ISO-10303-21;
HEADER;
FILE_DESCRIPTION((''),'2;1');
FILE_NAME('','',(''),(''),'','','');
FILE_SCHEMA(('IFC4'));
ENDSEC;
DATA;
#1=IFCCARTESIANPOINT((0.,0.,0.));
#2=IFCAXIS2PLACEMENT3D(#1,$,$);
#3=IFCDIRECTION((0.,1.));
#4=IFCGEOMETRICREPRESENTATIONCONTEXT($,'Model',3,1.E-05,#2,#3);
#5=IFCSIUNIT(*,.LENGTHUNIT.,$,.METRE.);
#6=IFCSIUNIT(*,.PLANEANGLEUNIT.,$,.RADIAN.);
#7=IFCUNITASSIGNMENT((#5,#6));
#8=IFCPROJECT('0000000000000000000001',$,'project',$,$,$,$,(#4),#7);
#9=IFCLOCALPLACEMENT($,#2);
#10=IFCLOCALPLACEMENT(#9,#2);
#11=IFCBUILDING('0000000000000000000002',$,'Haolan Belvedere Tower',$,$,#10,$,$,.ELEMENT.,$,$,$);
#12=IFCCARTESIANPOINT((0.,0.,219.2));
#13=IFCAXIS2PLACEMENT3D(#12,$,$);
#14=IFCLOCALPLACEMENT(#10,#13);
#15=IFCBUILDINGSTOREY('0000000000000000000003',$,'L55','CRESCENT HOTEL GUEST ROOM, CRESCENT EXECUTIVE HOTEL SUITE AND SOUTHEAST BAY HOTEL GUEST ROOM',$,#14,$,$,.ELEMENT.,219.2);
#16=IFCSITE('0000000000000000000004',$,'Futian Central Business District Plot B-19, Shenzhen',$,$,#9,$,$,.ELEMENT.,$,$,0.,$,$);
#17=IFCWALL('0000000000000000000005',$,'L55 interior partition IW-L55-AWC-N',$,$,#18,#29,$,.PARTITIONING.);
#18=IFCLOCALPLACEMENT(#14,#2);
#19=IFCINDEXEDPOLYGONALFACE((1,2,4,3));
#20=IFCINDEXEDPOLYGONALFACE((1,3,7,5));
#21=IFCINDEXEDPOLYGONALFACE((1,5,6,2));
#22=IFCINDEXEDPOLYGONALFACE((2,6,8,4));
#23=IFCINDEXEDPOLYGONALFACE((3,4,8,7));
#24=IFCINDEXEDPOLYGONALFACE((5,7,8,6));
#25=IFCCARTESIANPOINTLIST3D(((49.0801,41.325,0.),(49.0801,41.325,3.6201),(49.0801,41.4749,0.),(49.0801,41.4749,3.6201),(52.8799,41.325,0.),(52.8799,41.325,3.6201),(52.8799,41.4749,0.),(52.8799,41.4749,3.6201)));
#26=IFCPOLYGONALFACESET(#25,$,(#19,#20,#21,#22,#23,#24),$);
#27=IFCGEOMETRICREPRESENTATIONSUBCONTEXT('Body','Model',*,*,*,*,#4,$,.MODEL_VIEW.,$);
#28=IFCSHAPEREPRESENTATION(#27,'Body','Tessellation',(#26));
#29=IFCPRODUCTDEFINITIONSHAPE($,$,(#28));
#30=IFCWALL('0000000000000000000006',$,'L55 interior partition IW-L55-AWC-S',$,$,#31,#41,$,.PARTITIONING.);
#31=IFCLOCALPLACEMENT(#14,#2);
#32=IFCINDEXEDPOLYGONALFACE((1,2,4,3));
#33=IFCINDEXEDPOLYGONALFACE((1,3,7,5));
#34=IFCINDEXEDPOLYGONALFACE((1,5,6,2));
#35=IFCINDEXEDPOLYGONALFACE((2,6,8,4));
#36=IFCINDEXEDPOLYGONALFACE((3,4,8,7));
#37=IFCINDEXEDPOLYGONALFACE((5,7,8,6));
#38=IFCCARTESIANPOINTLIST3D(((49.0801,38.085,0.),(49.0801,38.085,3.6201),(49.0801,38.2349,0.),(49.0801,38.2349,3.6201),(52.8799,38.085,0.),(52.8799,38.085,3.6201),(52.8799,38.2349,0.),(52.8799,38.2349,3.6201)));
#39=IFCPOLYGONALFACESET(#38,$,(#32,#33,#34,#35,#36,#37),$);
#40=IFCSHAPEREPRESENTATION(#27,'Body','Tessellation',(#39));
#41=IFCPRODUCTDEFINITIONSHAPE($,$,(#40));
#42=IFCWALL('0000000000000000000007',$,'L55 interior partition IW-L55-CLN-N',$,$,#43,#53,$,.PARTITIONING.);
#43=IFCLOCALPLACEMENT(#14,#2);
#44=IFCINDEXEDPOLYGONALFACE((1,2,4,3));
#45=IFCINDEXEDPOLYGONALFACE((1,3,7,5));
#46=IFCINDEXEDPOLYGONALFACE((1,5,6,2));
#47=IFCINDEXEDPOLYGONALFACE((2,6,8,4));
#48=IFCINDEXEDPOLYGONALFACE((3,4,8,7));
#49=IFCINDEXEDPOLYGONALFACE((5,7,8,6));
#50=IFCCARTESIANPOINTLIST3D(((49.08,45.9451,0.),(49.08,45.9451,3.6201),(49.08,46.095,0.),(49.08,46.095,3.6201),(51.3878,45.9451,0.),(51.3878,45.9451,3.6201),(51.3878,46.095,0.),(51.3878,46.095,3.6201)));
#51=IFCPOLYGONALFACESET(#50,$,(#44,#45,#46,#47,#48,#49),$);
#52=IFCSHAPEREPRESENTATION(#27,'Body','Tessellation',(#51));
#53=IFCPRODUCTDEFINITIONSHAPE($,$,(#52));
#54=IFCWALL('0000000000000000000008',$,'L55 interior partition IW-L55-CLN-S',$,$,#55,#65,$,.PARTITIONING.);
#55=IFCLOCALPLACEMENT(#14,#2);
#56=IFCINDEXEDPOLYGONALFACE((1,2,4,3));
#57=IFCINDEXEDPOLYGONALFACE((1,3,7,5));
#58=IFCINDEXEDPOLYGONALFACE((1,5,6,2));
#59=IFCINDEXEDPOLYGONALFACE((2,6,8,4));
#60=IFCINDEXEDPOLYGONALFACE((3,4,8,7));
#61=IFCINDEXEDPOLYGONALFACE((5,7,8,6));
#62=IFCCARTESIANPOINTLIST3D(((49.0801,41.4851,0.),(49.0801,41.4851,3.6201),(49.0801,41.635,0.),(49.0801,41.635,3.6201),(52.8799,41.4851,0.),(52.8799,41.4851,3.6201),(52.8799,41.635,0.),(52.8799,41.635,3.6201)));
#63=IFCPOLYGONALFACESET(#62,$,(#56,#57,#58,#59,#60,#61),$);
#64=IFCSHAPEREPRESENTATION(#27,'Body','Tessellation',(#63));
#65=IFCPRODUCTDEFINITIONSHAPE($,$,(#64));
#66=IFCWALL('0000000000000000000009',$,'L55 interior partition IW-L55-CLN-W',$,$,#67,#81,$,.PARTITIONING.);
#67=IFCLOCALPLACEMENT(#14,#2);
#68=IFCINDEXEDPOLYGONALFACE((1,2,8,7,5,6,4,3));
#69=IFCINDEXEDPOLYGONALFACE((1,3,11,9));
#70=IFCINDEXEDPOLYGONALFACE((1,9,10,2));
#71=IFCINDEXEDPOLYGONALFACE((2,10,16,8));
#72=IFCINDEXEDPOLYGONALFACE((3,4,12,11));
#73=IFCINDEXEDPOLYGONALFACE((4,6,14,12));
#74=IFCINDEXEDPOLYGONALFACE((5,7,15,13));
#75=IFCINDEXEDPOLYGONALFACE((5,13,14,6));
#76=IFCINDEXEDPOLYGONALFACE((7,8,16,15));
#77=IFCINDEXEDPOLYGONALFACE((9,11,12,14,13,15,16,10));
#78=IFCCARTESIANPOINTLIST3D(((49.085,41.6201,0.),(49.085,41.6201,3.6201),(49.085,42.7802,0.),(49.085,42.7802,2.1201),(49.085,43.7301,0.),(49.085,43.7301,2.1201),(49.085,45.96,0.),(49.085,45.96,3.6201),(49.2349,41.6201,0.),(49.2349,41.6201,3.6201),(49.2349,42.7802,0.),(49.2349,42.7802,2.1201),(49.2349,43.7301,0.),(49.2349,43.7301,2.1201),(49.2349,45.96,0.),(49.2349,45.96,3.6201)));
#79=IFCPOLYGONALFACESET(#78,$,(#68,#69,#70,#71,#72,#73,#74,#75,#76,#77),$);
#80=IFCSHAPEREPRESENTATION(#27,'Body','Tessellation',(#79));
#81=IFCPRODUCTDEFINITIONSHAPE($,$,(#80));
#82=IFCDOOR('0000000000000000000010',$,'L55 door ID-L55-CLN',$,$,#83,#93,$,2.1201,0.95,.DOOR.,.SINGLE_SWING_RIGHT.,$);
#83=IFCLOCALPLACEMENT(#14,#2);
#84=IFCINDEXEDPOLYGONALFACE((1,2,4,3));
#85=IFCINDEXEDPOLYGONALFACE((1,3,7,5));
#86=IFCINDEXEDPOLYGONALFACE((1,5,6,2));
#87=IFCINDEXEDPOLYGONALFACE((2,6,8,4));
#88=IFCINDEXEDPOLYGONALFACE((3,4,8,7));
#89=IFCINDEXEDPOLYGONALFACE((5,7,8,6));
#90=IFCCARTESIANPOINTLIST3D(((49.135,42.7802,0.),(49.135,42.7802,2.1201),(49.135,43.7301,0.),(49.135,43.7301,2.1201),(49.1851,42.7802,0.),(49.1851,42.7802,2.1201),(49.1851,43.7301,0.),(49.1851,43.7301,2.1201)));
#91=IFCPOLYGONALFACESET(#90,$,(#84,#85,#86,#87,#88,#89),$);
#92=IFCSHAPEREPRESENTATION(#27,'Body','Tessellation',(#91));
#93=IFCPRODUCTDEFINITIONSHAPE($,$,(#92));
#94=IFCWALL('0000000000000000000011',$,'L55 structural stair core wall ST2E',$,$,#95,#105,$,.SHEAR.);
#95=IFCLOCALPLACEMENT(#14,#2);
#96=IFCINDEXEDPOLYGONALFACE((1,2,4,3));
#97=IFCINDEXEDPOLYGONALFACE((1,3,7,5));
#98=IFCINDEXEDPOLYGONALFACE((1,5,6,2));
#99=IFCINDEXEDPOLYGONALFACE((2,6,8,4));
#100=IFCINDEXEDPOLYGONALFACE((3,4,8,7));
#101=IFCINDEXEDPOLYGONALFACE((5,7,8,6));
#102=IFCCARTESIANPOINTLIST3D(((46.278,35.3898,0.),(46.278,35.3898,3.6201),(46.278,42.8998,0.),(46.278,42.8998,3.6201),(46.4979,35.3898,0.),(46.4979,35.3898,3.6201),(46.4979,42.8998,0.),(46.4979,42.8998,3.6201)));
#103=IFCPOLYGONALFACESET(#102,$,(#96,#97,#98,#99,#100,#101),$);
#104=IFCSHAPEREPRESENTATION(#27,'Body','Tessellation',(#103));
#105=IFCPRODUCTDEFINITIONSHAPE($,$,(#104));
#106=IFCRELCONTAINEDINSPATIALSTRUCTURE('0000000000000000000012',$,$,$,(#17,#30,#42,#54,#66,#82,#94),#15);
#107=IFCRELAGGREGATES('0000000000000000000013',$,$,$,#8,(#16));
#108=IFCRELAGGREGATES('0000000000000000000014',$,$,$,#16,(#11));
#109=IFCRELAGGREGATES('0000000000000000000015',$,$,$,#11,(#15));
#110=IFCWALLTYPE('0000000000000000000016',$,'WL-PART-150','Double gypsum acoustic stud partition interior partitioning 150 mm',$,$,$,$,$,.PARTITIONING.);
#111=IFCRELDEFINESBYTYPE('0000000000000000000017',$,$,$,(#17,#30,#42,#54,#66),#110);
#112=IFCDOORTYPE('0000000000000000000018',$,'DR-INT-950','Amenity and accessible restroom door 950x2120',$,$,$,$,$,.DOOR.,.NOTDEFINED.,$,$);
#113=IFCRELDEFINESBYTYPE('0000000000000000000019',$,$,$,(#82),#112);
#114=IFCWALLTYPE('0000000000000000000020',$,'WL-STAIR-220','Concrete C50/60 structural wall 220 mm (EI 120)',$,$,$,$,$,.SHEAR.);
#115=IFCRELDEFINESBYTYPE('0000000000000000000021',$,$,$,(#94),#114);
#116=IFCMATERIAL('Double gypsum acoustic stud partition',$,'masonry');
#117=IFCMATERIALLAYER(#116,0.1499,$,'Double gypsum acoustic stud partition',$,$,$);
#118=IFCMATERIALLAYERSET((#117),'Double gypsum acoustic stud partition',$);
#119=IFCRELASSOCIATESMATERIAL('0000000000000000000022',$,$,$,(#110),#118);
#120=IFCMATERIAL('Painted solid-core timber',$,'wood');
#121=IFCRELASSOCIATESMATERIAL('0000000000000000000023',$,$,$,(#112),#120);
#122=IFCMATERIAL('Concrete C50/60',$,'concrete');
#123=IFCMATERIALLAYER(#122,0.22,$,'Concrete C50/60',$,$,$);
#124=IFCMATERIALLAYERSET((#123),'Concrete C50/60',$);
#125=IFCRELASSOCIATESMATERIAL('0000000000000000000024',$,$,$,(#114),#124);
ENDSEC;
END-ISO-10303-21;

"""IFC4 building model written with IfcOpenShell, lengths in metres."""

from ifc_helpers import new_model, si_unit, direction, frame, frame_2d, origin, place, context, subcontext, project, spatial, rectangle, extrude, material, layer, layer_set, type_object, element, fill, save


model = new_model("IFC4")

# Units and contexts
model_context = context("Model", 3, precision=1e-05, world=origin(), true_north=direction((0.0, 1.0)))
body_context = subcontext(model_context, "Body", "Model", "MODEL_VIEW")
ifc_project = project(units=[si_unit("LENGTHUNIT", "METRE"), si_unit("PLANEANGLEUNIT", "RADIAN")], contexts=[model_context])

# Site, building, storey
site_placement = place(None, origin())
site = spatial("IfcSite", under=ifc_project, at=site_placement, Name="Futian Central Business District Plot B-19, Shenzhen", CompositionType="ELEMENT", RefElevation=0.0)
building_placement = place(site_placement, origin())
building = spatial("IfcBuilding", under=site, at=building_placement, Name="Haolan Belvedere Tower", CompositionType="ELEMENT")
storey_placement = place(building_placement, frame((0.0, 0.0, 219.2)))
storey = spatial("IfcBuildingStorey", under=building, at=storey_placement, Name="L55", Description="CRESCENT HOTEL GUEST ROOM, CRESCENT EXECUTIVE HOTEL SUITE AND SOUTHEAST BAY HOTEL GUEST ROOM", CompositionType="ELEMENT", Elevation=219.2)

# Walls
ifc_material_1 = material(Name="Double gypsum acoustic stud partition", Category="masonry")
ifc_layer_1 = layer(ifc_material_1, 0.1499, Name="Double gypsum acoustic stud partition")
ifc_layer_set_1 = layer_set([ifc_layer_1], Name="Double gypsum acoustic stud partition")
wall_type_1 = type_object("IfcWallType", Name="WL-PART-150", Description="Double gypsum acoustic stud partition interior partitioning 150 mm", PredefinedType="PARTITIONING", material=ifc_layer_set_1)
for number, where, z_axis, x_axis, name in (
    (1, (49.0801, 41.3999, 0.0), (0.0, 0.0, 1.0), (1.0, 0.0, 0.0), "L55 interior partition IW-L55-AWC-N"),
    (2, (49.0801, 38.1599, 0.0), (0.0, 0.0, 1.0), (1.0, 0.0, 0.0), "L55 interior partition IW-L55-AWC-S"),
):
    element("IfcWall", number, at=place(storey_placement, frame(where, z_axis=z_axis, x_axis=x_axis)), inside=storey, type_object=wall_type_1, Name=name, PredefinedType="PARTITIONING", context=body_context, shape_type="SweptSolid", body=[
        extrude(rectangle(XDim=3.7998, YDim=0.1499, at=frame_2d((1.8999, 0.0))), origin(), (0.0, 0.0, 1.0), 3.6201),
    ])

# Shared definitions
ifc_material_2 = material(Name="Painted solid-core timber", Category="wood")
door_type = type_object("IfcDoorType", Name="DR-INT-950", Description="Amenity and accessible restroom door 950x2120", OperationType="NOTDEFINED", PredefinedType="DOOR", material=ifc_material_2)

# Walls
wall_1_placement = place(storey_placement, frame((49.0801, 46.02, 0.0), z_axis=(0.0, 0.0, 1.0), x_axis=(1.0, 0.0, 0.0)))
element("IfcWall", 3, at=wall_1_placement, inside=storey, type_object=wall_type_1, Name="L55 interior partition IW-L55-CLN-N", PredefinedType="PARTITIONING", context=body_context, shape_type="SweptSolid", body=[
    extrude(rectangle(XDim=2.3079, YDim=0.1499, at=frame_2d((1.1538, 0.0))), origin(), (0.0, 0.0, 1.0), 3.6201),
])
wall_2_placement = place(storey_placement, frame((49.0801, 41.5601, 0.0), z_axis=(0.0, 0.0, 1.0), x_axis=(1.0, 0.0, 0.0)))
element("IfcWall", 4, at=wall_2_placement, inside=storey, type_object=wall_type_1, Name="L55 interior partition IW-L55-CLN-S", PredefinedType="PARTITIONING", context=body_context, shape_type="SweptSolid", body=[
    extrude(rectangle(XDim=3.7998, YDim=0.1499, at=frame_2d((1.8999, 0.0))), origin(), (0.0, 0.0, 1.0), 3.6201),
])

# Wall, opening, door
wall_3_placement = place(storey_placement, frame((49.1599, 41.6201, 0.0), z_axis=(0.0, 0.0, 1.0), x_axis=(0.0, 1.0, 0.0)))
wall_3 = element("IfcWall", 5, at=wall_3_placement, inside=storey, type_object=wall_type_1, Name="L55 interior partition IW-L55-CLN-W", PredefinedType="PARTITIONING", context=body_context, shape_type="SweptSolid", body=[
    extrude(rectangle(XDim=4.3398, YDim=0.1499, at=frame_2d((2.1699, 0.0))), origin(), (0.0, 0.0, 1.0), 3.6201),
])
opening_1_placement = place(wall_3_placement, frame((1.1599, 0.0, 0.0)))
opening_1 = element("IfcOpeningElement", 6, at=opening_1_placement, cuts=wall_3, PredefinedType="OPENING", context=body_context, shape_type="SweptSolid", body=[
    extrude(rectangle(XDim=0.95, YDim=2.1201, at=frame_2d((0.4751, 1.0601))), frame((0.0, 0.085, 0.0), z_axis=(0.0, -1.0, 0.0), x_axis=(1.0, 0.0, 0.0)), (0.0, 0.0, 1.0), 0.1699),
])
door_1_placement = place(opening_1_placement, origin())
door_1 = element("IfcDoor", 7, at=door_1_placement, inside=storey, type_object=door_type, Name="L55 door ID-L55-CLN", OperationType="SINGLE_SWING_RIGHT", OverallHeight=2.1201, OverallWidth=0.95, PredefinedType="DOOR", context=body_context, shape_type="SweptSolid", body=[
    extrude(rectangle(XDim=0.95, YDim=2.1201, at=frame_2d((0.4751, 1.0601))), frame((0.0, 0.0249, 0.0), z_axis=(0.0, -1.0, 0.0), x_axis=(1.0, 0.0, 0.0)), (0.0, 0.0, 1.0), 0.05),
])
fill(opening_1, door_1)

# Wall
ifc_material_3 = material(Name="Concrete C50/60", Category="concrete")
ifc_layer_2 = layer(ifc_material_3, 0.22, Name="Concrete C50/60")
ifc_layer_set_2 = layer_set([ifc_layer_2], Name="Concrete C50/60")
wall_type_2 = type_object("IfcWallType", Name="WL-STAIR-220", Description="Concrete C50/60 structural wall 220 mm (EI 120)", PredefinedType="SHEAR", material=ifc_layer_set_2)
wall_4_placement = place(storey_placement, frame((46.3879, 35.3899, 0.0), z_axis=(0.0, 0.0, 1.0), x_axis=(0.0, 1.0, 0.0)))
element("IfcWall", 8, at=wall_4_placement, inside=storey, type_object=wall_type_2, Name="L55 structural stair core wall ST2E", PredefinedType="SHEAR", context=body_context, shape_type="SweptSolid", body=[
    extrude(rectangle(XDim=7.51, YDim=0.22, at=frame_2d((3.7549, 0.0))), origin(), (0.0, 0.0, 1.0), 3.6201),
])

save(model, "model.ifc")
